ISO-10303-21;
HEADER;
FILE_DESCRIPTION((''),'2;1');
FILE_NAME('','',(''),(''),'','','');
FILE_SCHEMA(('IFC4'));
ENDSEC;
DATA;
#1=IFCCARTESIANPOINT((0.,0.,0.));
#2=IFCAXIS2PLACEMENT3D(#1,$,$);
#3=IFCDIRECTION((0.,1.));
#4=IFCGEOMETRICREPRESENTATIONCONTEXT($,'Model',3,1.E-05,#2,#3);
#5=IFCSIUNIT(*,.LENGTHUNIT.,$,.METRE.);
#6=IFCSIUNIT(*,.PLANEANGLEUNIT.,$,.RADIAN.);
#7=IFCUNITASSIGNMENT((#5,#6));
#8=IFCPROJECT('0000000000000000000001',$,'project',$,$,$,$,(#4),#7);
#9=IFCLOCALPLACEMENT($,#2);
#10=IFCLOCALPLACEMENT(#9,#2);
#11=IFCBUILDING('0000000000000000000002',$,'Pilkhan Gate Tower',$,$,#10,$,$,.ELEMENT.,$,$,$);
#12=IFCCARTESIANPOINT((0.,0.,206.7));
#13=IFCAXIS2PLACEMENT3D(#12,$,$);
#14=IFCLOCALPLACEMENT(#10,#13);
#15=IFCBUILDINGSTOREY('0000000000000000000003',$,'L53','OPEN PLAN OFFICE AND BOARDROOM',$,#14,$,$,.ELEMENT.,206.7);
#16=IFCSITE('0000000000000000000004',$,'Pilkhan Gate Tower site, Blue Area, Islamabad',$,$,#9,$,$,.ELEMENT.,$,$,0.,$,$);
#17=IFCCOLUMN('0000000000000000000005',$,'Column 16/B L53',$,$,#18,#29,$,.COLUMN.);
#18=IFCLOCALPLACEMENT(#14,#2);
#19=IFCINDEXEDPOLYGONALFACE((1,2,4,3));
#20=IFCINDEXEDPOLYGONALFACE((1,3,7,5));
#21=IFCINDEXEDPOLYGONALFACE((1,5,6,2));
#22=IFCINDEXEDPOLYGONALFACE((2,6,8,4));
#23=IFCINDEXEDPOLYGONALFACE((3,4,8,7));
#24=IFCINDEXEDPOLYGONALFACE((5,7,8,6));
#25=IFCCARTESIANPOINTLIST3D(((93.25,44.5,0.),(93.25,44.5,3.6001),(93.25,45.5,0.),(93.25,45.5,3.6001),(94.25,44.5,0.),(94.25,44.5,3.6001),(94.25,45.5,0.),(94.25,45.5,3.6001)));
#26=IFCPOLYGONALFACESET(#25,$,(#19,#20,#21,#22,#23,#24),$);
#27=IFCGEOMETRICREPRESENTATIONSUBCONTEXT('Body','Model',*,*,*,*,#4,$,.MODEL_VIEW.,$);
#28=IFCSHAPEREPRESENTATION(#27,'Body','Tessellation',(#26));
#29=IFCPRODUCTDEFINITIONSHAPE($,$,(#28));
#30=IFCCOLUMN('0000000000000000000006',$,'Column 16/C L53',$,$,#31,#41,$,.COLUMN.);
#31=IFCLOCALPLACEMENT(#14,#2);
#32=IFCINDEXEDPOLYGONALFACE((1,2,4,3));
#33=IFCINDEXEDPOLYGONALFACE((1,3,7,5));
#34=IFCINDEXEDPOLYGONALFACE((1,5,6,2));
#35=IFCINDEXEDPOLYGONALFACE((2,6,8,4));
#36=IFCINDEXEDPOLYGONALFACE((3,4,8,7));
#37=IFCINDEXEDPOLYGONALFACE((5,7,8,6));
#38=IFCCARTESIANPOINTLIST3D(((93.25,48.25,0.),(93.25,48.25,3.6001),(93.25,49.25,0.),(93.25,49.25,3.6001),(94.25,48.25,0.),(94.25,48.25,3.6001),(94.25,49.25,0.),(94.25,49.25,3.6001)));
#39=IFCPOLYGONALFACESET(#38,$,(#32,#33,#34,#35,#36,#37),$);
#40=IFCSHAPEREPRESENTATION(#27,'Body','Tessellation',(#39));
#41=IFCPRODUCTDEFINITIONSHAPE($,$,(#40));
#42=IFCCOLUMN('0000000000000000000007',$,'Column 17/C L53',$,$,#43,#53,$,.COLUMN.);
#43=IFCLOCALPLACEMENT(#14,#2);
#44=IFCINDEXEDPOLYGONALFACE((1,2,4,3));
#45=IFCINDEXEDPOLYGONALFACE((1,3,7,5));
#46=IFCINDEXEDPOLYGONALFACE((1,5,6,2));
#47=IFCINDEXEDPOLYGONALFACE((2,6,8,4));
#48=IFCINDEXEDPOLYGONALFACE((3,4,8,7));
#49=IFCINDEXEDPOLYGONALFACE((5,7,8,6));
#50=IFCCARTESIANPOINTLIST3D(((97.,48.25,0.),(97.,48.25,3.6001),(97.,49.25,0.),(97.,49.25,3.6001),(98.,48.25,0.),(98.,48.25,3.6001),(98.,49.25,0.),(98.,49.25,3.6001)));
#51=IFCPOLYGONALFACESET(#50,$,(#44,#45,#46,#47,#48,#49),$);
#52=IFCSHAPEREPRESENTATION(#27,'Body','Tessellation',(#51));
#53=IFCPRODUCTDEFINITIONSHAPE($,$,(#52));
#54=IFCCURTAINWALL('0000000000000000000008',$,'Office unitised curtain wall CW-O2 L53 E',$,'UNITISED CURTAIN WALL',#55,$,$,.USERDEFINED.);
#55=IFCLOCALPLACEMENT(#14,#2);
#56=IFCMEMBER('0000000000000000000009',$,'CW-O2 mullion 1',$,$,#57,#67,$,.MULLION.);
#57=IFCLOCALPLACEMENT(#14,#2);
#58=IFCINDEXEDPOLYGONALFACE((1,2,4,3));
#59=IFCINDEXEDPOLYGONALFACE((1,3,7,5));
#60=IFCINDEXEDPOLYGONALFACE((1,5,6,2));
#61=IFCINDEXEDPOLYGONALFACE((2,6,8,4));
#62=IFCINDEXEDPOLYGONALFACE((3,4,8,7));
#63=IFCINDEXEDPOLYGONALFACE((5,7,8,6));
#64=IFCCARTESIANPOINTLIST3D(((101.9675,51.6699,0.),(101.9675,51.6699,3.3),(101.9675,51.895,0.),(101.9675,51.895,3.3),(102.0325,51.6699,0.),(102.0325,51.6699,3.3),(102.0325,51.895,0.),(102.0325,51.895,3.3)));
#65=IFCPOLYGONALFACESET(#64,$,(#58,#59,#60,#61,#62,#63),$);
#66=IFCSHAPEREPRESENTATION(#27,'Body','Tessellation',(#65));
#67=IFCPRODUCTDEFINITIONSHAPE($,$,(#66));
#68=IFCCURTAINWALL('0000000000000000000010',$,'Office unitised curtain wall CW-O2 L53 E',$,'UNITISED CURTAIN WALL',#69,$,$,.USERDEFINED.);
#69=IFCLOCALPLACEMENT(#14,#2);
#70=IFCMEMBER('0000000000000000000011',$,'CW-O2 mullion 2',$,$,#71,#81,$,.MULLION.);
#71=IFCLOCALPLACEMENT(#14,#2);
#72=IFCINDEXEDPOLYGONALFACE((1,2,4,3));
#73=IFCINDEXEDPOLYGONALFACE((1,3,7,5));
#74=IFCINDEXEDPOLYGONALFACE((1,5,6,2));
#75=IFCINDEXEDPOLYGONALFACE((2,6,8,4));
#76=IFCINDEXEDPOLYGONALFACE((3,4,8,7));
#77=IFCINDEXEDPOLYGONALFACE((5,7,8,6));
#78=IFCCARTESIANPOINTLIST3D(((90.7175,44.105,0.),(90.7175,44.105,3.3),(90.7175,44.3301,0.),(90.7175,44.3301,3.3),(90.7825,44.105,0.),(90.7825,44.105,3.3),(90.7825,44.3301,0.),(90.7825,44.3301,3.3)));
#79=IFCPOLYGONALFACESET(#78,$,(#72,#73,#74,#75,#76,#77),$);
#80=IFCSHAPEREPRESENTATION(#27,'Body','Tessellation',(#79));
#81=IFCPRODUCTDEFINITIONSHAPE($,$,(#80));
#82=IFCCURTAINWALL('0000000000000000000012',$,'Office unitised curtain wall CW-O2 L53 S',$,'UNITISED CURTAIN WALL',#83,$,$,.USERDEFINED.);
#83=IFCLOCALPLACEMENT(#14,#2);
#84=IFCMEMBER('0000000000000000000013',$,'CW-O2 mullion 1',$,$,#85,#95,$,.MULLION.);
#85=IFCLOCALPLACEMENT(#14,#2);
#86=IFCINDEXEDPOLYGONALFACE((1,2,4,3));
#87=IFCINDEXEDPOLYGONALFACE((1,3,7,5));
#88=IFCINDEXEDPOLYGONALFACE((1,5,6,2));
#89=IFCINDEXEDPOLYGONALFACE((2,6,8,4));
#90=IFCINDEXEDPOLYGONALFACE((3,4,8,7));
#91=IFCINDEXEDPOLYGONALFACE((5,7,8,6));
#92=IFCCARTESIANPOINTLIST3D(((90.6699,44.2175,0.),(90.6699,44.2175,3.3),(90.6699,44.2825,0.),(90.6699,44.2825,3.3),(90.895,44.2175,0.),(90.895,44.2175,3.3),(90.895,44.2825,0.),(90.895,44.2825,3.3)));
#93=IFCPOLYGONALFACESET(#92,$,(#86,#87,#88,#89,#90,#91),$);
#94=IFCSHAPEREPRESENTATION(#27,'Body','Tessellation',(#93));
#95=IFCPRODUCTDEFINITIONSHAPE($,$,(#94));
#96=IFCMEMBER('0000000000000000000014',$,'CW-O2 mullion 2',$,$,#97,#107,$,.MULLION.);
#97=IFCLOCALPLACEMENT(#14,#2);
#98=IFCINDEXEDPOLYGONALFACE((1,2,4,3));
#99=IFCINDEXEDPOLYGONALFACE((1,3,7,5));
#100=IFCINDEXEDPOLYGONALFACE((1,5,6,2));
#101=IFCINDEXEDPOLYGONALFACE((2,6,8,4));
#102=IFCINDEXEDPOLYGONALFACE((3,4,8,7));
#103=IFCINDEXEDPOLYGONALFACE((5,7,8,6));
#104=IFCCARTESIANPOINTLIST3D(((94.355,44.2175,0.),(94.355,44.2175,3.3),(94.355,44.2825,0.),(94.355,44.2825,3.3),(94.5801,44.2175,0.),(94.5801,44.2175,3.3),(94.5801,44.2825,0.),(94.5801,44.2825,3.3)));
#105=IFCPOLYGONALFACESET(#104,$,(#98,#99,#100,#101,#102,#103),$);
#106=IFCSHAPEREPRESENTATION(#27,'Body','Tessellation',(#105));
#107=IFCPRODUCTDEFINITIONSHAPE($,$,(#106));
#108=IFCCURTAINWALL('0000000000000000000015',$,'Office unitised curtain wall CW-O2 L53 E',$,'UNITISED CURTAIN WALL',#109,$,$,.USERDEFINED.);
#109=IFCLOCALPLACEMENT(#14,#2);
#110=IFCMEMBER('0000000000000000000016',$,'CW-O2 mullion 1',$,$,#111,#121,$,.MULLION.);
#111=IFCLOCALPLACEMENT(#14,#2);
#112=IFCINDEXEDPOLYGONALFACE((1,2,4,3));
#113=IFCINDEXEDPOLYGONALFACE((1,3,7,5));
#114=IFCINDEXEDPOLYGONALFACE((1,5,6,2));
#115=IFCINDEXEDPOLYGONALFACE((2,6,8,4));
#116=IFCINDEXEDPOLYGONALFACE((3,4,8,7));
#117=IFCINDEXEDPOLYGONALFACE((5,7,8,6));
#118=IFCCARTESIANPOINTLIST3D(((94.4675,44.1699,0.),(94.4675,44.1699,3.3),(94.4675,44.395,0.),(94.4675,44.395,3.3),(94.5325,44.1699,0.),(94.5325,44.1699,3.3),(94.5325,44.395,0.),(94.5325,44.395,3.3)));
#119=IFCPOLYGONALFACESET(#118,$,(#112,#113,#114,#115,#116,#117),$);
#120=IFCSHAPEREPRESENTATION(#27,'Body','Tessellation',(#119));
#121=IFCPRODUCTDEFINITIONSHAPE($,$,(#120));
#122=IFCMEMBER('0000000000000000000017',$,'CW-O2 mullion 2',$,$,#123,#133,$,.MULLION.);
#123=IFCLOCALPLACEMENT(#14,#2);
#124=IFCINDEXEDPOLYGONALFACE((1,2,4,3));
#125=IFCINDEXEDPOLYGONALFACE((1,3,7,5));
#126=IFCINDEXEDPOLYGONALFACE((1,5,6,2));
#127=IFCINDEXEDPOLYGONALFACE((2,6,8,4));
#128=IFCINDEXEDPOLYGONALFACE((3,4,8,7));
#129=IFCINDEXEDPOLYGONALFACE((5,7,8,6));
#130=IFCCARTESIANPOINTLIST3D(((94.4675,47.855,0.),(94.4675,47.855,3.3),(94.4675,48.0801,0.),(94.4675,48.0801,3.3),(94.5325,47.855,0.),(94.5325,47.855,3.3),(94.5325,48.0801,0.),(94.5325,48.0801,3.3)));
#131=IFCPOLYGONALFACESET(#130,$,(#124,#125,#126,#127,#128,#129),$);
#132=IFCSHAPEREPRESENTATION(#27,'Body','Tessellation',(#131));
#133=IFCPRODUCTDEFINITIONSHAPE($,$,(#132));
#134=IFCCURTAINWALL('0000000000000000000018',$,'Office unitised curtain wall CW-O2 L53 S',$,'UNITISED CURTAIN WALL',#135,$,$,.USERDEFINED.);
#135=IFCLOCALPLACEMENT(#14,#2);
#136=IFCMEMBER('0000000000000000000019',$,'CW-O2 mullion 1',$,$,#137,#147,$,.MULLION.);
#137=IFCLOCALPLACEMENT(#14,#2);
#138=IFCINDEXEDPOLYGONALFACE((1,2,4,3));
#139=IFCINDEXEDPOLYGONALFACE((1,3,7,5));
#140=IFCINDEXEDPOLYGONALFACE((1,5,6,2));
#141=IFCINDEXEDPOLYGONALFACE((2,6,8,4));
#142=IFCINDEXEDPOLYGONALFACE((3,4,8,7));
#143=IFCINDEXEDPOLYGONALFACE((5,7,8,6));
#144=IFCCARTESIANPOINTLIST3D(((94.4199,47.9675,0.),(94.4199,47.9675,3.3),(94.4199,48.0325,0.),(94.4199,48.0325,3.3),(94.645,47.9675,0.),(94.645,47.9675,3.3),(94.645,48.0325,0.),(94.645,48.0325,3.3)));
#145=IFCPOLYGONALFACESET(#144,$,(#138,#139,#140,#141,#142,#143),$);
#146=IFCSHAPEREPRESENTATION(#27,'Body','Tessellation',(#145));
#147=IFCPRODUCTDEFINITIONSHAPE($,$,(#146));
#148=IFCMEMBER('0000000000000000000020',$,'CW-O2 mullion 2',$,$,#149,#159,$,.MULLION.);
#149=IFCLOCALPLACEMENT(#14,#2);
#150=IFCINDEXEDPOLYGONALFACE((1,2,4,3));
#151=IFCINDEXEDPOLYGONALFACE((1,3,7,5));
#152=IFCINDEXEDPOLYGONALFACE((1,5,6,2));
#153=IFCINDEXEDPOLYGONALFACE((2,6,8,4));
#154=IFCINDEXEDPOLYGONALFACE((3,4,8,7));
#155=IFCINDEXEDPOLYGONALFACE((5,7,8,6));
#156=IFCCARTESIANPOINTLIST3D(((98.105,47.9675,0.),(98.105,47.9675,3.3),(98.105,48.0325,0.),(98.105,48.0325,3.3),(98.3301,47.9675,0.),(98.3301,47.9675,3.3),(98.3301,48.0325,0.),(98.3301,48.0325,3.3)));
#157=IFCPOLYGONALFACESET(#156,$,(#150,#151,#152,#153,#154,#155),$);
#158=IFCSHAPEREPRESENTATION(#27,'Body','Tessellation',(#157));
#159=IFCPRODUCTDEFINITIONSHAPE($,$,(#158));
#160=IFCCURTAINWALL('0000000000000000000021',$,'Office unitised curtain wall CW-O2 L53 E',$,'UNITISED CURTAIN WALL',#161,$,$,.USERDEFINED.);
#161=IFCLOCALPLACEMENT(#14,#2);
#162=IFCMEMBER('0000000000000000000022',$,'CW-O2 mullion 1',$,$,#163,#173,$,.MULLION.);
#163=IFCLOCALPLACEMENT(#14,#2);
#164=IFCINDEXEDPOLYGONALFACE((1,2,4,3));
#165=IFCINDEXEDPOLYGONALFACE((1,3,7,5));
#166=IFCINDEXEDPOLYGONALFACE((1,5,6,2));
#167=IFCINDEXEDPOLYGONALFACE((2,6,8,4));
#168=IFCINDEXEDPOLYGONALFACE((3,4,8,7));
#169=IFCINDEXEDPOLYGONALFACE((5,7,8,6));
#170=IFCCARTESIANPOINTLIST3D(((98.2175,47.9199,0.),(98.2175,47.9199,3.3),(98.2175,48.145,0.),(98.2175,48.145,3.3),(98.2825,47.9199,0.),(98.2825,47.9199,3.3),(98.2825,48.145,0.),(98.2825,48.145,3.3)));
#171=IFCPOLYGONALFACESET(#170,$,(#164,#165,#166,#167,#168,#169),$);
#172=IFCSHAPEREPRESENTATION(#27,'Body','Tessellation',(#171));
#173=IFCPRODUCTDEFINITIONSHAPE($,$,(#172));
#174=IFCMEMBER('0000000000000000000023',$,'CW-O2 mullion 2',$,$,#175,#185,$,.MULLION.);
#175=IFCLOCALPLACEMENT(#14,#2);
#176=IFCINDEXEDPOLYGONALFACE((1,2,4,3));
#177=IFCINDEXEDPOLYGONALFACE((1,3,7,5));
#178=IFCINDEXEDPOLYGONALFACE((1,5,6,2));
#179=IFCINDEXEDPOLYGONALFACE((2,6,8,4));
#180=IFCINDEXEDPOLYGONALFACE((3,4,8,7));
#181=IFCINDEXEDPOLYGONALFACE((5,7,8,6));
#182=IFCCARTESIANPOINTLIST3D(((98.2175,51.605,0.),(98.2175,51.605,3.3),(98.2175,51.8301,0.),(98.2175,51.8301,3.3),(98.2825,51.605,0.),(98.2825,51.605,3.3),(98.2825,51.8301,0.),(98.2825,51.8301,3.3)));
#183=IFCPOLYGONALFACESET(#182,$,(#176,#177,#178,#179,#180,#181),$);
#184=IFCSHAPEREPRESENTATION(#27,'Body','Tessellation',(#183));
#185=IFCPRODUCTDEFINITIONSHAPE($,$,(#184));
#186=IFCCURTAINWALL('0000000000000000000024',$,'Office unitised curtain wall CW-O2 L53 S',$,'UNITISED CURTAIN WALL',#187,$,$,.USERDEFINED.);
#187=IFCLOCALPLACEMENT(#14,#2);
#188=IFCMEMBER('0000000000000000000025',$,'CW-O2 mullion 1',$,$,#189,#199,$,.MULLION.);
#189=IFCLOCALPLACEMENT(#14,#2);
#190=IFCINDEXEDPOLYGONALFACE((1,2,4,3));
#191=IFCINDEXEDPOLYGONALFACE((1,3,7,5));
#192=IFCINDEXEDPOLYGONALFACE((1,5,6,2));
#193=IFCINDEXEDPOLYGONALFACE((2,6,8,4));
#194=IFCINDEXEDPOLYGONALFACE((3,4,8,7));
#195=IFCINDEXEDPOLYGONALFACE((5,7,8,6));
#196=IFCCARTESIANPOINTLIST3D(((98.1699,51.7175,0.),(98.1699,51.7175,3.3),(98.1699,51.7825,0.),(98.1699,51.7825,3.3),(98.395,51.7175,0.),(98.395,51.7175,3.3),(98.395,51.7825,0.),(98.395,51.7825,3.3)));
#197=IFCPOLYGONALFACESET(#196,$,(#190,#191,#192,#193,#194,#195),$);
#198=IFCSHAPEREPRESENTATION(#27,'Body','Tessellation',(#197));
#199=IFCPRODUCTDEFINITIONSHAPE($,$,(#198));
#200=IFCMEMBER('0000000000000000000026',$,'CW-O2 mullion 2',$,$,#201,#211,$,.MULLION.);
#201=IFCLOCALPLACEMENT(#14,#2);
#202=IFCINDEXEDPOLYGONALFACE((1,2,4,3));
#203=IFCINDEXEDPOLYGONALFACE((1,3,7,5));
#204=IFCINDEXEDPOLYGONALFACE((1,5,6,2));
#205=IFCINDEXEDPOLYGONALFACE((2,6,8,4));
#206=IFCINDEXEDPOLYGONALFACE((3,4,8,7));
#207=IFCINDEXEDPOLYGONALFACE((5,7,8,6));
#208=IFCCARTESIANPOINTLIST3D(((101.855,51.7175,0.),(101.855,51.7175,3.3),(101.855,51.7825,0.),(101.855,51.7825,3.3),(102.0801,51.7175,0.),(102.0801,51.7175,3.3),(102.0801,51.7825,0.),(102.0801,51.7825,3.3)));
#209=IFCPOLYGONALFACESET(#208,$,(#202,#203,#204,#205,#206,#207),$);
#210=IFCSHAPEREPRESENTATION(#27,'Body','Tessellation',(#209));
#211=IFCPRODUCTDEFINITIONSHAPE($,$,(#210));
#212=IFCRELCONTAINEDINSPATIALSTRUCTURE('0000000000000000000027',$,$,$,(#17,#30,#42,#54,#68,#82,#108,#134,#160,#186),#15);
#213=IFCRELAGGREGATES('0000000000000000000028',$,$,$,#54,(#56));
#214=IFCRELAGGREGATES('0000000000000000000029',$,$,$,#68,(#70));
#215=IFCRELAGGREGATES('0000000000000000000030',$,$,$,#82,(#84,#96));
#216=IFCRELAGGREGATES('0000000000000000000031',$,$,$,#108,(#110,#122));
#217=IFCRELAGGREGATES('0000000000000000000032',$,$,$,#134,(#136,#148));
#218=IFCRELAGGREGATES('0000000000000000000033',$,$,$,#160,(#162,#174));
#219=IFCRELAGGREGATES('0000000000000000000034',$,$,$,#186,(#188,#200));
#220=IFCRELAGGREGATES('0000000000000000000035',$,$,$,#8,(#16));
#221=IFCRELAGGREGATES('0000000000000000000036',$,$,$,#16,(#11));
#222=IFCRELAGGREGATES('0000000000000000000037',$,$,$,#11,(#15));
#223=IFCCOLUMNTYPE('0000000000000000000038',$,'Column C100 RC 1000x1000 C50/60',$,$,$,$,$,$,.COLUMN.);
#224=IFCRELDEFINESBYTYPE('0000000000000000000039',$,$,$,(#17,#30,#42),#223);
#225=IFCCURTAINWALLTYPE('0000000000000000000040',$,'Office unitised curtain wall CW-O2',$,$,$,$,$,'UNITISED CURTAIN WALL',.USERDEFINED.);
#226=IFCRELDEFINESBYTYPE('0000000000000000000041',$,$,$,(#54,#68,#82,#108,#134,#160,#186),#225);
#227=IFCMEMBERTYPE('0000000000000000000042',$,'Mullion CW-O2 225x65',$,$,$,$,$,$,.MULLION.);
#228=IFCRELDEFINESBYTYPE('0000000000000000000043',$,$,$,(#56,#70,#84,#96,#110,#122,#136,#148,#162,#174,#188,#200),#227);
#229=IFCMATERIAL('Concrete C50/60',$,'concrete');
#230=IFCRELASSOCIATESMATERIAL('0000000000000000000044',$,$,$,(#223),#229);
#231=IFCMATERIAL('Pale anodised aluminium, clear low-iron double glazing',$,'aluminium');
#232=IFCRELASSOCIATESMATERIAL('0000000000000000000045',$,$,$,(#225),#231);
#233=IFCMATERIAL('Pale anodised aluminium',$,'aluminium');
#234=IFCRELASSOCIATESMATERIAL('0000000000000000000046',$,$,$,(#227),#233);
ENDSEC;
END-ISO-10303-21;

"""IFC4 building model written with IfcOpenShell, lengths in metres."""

from ifc_helpers import new_model, si_unit, direction, frame, origin, origin_2d, place, context, subcontext, project, spatial, rectangle, extrude, material, material_profile, profile_set, type_object, element, aggregate, save


model = new_model("IFC4")

# Units and contexts
model_context = context("Model", 3, precision=1e-05, world=origin(), true_north=direction((0.0, 1.0)))
body_context = subcontext(model_context, "Body", "Model", "MODEL_VIEW")
ifc_project = project(units=[si_unit("LENGTHUNIT", "METRE"), si_unit("PLANEANGLEUNIT", "RADIAN")], contexts=[model_context])

# Site, building, storey
site_placement = place(None, origin())
site = spatial("IfcSite", under=ifc_project, at=site_placement, Name="Pilkhan Gate Tower site, Blue Area, Islamabad", CompositionType="ELEMENT", RefElevation=0.0)
building_placement = place(site_placement, origin())
building = spatial("IfcBuilding", under=site, at=building_placement, Name="Pilkhan Gate Tower", CompositionType="ELEMENT")
storey_placement = place(building_placement, frame((0.0, 0.0, 206.7)))
storey = spatial("IfcBuildingStorey", under=building, at=storey_placement, Name="L53", Description="OPEN PLAN OFFICE AND BOARDROOM", CompositionType="ELEMENT", Elevation=206.7)

# Columns
ifc_material_1 = material(Name="Concrete C50/60", Category="concrete")
ifc_material_profile_1 = material_profile(ifc_material_1, rectangle(XDim=1.0, YDim=1.0, at=origin_2d()), Name="RC 1000x1000")
ifc_profile_set_1 = profile_set([ifc_material_profile_1], Name="Concrete C50/60")
column_type = type_object("IfcColumnType", Name="Column C100 RC 1000x1000 C50/60", PredefinedType="COLUMN", material=ifc_profile_set_1)
for number, where, z_axis, x_axis, name in (
    (1, (93.75, 45.0, 0.0), (0.0, 0.0, 1.0), (1.0, 0.0, 0.0), "Column 16/B L53"),
    (2, (93.75, 48.75, 0.0), (0.0, 0.0, 1.0), (1.0, 0.0, 0.0), "Column 16/C L53"),
    (3, (97.5, 48.75, 0.0), (0.0, 0.0, 1.0), (1.0, 0.0, 0.0), "Column 17/C L53"),
):
    element("IfcColumn", number, at=place(storey_placement, frame(where, z_axis=z_axis, x_axis=x_axis)), inside=storey, type_object=column_type, Name=name, PredefinedType="COLUMN", context=body_context, shape_type="SweptSolid", body=[
        extrude(rectangle(XDim=1.0, YDim=1.0, at=origin_2d()), origin(), (0.0, 0.0, 1.0), 3.6001),
    ])

# Curtain walls, members
ifc_material_2 = material(Name="Pale anodised aluminium, clear low-iron double glazing", Category="aluminium")
curtain_wall_type = type_object("IfcCurtainWallType", Name="Office unitised curtain wall CW-O2", ElementType="UNITISED CURTAIN WALL", PredefinedType="USERDEFINED", material=ifc_material_2)
curtain_wall_1_placement = place(storey_placement, origin())
curtain_wall_1 = element("IfcCurtainWall", 4, at=curtain_wall_1_placement, inside=storey, type_object=curtain_wall_type, Name="Office unitised curtain wall CW-O2 L53 E", ObjectType="UNITISED CURTAIN WALL", PredefinedType="USERDEFINED")
ifc_material_3 = material(Name="Pale anodised aluminium", Category="aluminium")
ifc_material_profile_2 = material_profile(ifc_material_3, rectangle(XDim=0.0649, YDim=0.2251, at=origin_2d()), Name="Mullion 225x65")
ifc_profile_set_2 = profile_set([ifc_material_profile_2], Name="Pale anodised aluminium")
member_type_1 = type_object("IfcMemberType", Name="Mullion CW-O2 225x65", PredefinedType="MULLION", material=ifc_profile_set_2)
member_1_placement = place(storey_placement, frame((102.0, 51.7825, 0.0), z_axis=(0.0, 0.0, 1.0), x_axis=(-1.0, 0.0, 0.0)))
member_1 = element("IfcMember", 5, at=member_1_placement, type_object=member_type_1, Name="CW-O2 mullion 1", PredefinedType="MULLION", context=body_context, shape_type="SweptSolid", body=[
    extrude(rectangle(XDim=0.0649, YDim=0.2251, at=origin_2d()), origin(), (0.0, 0.0, 1.0), 3.3),
])
curtain_wall_2_placement = place(storey_placement, origin())
curtain_wall_2 = element("IfcCurtainWall", 6, at=curtain_wall_2_placement, inside=storey, type_object=curtain_wall_type, Name="Office unitised curtain wall CW-O2 L53 E", ObjectType="UNITISED CURTAIN WALL", PredefinedType="USERDEFINED")
member_2_placement = place(storey_placement, frame((90.75, 44.2175, 0.0), z_axis=(0.0, 0.0, 1.0), x_axis=(-1.0, 0.0, 0.0)))
member_2 = element("IfcMember", 7, at=member_2_placement, type_object=member_type_1, Name="CW-O2 mullion 2", PredefinedType="MULLION", context=body_context, shape_type="SweptSolid", body=[
    extrude(rectangle(XDim=0.0649, YDim=0.2251, at=origin_2d()), origin(), (0.0, 0.0, 1.0), 3.3),
])

# Curtain walls, members
curtain_wall_3_placement = place(storey_placement, origin())
curtain_wall_3 = element("IfcCurtainWall", 8, at=curtain_wall_3_placement, inside=storey, type_object=curtain_wall_type, Name="Office unitised curtain wall CW-O2 L53 S", ObjectType="UNITISED CURTAIN WALL", PredefinedType="USERDEFINED")
member_3_placement = place(storey_placement, frame((90.7825, 44.25, 0.0), z_axis=(0.0, 0.0, 1.0), x_axis=(0.0, 1.0, 0.0)))
member_3 = element("IfcMember", 9, at=member_3_placement, type_object=member_type_1, Name="CW-O2 mullion 1", PredefinedType="MULLION", context=body_context, shape_type="SweptSolid", body=[
    extrude(rectangle(XDim=0.0649, YDim=0.2251, at=origin_2d()), origin(), (0.0, 0.0, 1.0), 3.3),
])
member_4_placement = place(storey_placement, frame((94.4675, 44.25, 0.0), z_axis=(0.0, 0.0, 1.0), x_axis=(0.0, 1.0, 0.0)))
member_4 = element("IfcMember", 10, at=member_4_placement, type_object=member_type_1, Name="CW-O2 mullion 2", PredefinedType="MULLION", context=body_context, shape_type="SweptSolid", body=[
    extrude(rectangle(XDim=0.0649, YDim=0.2251, at=origin_2d()), origin(), (0.0, 0.0, 1.0), 3.3),
])
curtain_wall_4_placement = place(storey_placement, origin())
curtain_wall_4 = element("IfcCurtainWall", 11, at=curtain_wall_4_placement, inside=storey, type_object=curtain_wall_type, Name="Office unitised curtain wall CW-O2 L53 E", ObjectType="UNITISED CURTAIN WALL", PredefinedType="USERDEFINED")
member_5_placement = place(storey_placement, frame((94.5, 44.2825, 0.0), z_axis=(0.0, 0.0, 1.0), x_axis=(-1.0, 0.0, 0.0)))
member_5 = element("IfcMember", 12, at=member_5_placement, type_object=member_type_1, Name="CW-O2 mullion 1", PredefinedType="MULLION", context=body_context, shape_type="SweptSolid", body=[
    extrude(rectangle(XDim=0.0649, YDim=0.2251, at=origin_2d()), origin(), (0.0, 0.0, 1.0), 3.3),
])
member_6_placement = place(storey_placement, frame((94.5, 47.9675, 0.0), z_axis=(0.0, 0.0, 1.0), x_axis=(-1.0, 0.0, 0.0)))
member_6 = element("IfcMember", 13, at=member_6_placement, type_object=member_type_1, Name="CW-O2 mullion 2", PredefinedType="MULLION", context=body_context, shape_type="SweptSolid", body=[
    extrude(rectangle(XDim=0.0649, YDim=0.2251, at=origin_2d()), origin(), (0.0, 0.0, 1.0), 3.3),
])
curtain_wall_5_placement = place(storey_placement, origin())
curtain_wall_5 = element("IfcCurtainWall", 14, at=curtain_wall_5_placement, inside=storey, type_object=curtain_wall_type, Name="Office unitised curtain wall CW-O2 L53 S", ObjectType="UNITISED CURTAIN WALL", PredefinedType="USERDEFINED")
member_7_placement = place(storey_placement, frame((94.5325, 48.0, 0.0), z_axis=(0.0, 0.0, 1.0), x_axis=(0.0, 1.0, 0.0)))
member_7 = element("IfcMember", 15, at=member_7_placement, type_object=member_type_1, Name="CW-O2 mullion 1", PredefinedType="MULLION", context=body_context, shape_type="SweptSolid", body=[
    extrude(rectangle(XDim=0.0649, YDim=0.2251, at=origin_2d()), origin(), (0.0, 0.0, 1.0), 3.3),
])
member_8_placement = place(storey_placement, frame((98.2175, 48.0, 0.0), z_axis=(0.0, 0.0, 1.0), x_axis=(0.0, 1.0, 0.0)))
member_8 = element("IfcMember", 16, at=member_8_placement, type_object=member_type_1, Name="CW-O2 mullion 2", PredefinedType="MULLION", context=body_context, shape_type="SweptSolid", body=[
    extrude(rectangle(XDim=0.0649, YDim=0.2251, at=origin_2d()), origin(), (0.0, 0.0, 1.0), 3.3),
])
curtain_wall_6_placement = place(storey_placement, origin())
curtain_wall_6 = element("IfcCurtainWall", 17, at=curtain_wall_6_placement, inside=storey, type_object=curtain_wall_type, Name="Office unitised curtain wall CW-O2 L53 E", ObjectType="UNITISED CURTAIN WALL", PredefinedType="USERDEFINED")
member_9_placement = place(storey_placement, frame((98.25, 48.0325, 0.0), z_axis=(0.0, 0.0, 1.0), x_axis=(-1.0, 0.0, 0.0)))
member_9 = element("IfcMember", 18, at=member_9_placement, type_object=member_type_1, Name="CW-O2 mullion 1", PredefinedType="MULLION", context=body_context, shape_type="SweptSolid", body=[
    extrude(rectangle(XDim=0.0649, YDim=0.2251, at=origin_2d()), origin(), (0.0, 0.0, 1.0), 3.3),
])
member_10_placement = place(storey_placement, frame((98.25, 51.7175, 0.0), z_axis=(0.0, 0.0, 1.0), x_axis=(-1.0, 0.0, 0.0)))
member_10 = element("IfcMember", 19, at=member_10_placement, type_object=member_type_1, Name="CW-O2 mullion 2", PredefinedType="MULLION", context=body_context, shape_type="SweptSolid", body=[
    extrude(rectangle(XDim=0.0649, YDim=0.2251, at=origin_2d()), origin(), (0.0, 0.0, 1.0), 3.3),
])
curtain_wall_7_placement = place(storey_placement, origin())
curtain_wall_7 = element("IfcCurtainWall", 20, at=curtain_wall_7_placement, inside=storey, type_object=curtain_wall_type, Name="Office unitised curtain wall CW-O2 L53 S", ObjectType="UNITISED CURTAIN WALL", PredefinedType="USERDEFINED")
member_11_placement = place(storey_placement, frame((98.2825, 51.75, 0.0), z_axis=(0.0, 0.0, 1.0), x_axis=(0.0, 1.0, 0.0)))
member_11 = element("IfcMember", 21, at=member_11_placement, type_object=member_type_1, Name="CW-O2 mullion 1", PredefinedType="MULLION", context=body_context, shape_type="SweptSolid", body=[
    extrude(rectangle(XDim=0.0649, YDim=0.2251, at=origin_2d()), origin(), (0.0, 0.0, 1.0), 3.3),
])
member_12_placement = place(storey_placement, frame((101.9675, 51.75, 0.0), z_axis=(0.0, 0.0, 1.0), x_axis=(0.0, 1.0, 0.0)))
member_12 = element("IfcMember", 22, at=member_12_placement, type_object=member_type_1, Name="CW-O2 mullion 2", PredefinedType="MULLION", context=body_context, shape_type="SweptSolid", body=[
    extrude(rectangle(XDim=0.0649, YDim=0.2251, at=origin_2d()), origin(), (0.0, 0.0, 1.0), 3.3),
])

aggregate(curtain_wall_1, [member_1])

aggregate(curtain_wall_2, [member_2])
aggregate(curtain_wall_3, [member_3, member_4])
aggregate(curtain_wall_4, [member_5, member_6])
aggregate(curtain_wall_5, [member_7, member_8])
aggregate(curtain_wall_6, [member_9, member_10])
aggregate(curtain_wall_7, [member_11, member_12])

save(model, "model.ifc")
